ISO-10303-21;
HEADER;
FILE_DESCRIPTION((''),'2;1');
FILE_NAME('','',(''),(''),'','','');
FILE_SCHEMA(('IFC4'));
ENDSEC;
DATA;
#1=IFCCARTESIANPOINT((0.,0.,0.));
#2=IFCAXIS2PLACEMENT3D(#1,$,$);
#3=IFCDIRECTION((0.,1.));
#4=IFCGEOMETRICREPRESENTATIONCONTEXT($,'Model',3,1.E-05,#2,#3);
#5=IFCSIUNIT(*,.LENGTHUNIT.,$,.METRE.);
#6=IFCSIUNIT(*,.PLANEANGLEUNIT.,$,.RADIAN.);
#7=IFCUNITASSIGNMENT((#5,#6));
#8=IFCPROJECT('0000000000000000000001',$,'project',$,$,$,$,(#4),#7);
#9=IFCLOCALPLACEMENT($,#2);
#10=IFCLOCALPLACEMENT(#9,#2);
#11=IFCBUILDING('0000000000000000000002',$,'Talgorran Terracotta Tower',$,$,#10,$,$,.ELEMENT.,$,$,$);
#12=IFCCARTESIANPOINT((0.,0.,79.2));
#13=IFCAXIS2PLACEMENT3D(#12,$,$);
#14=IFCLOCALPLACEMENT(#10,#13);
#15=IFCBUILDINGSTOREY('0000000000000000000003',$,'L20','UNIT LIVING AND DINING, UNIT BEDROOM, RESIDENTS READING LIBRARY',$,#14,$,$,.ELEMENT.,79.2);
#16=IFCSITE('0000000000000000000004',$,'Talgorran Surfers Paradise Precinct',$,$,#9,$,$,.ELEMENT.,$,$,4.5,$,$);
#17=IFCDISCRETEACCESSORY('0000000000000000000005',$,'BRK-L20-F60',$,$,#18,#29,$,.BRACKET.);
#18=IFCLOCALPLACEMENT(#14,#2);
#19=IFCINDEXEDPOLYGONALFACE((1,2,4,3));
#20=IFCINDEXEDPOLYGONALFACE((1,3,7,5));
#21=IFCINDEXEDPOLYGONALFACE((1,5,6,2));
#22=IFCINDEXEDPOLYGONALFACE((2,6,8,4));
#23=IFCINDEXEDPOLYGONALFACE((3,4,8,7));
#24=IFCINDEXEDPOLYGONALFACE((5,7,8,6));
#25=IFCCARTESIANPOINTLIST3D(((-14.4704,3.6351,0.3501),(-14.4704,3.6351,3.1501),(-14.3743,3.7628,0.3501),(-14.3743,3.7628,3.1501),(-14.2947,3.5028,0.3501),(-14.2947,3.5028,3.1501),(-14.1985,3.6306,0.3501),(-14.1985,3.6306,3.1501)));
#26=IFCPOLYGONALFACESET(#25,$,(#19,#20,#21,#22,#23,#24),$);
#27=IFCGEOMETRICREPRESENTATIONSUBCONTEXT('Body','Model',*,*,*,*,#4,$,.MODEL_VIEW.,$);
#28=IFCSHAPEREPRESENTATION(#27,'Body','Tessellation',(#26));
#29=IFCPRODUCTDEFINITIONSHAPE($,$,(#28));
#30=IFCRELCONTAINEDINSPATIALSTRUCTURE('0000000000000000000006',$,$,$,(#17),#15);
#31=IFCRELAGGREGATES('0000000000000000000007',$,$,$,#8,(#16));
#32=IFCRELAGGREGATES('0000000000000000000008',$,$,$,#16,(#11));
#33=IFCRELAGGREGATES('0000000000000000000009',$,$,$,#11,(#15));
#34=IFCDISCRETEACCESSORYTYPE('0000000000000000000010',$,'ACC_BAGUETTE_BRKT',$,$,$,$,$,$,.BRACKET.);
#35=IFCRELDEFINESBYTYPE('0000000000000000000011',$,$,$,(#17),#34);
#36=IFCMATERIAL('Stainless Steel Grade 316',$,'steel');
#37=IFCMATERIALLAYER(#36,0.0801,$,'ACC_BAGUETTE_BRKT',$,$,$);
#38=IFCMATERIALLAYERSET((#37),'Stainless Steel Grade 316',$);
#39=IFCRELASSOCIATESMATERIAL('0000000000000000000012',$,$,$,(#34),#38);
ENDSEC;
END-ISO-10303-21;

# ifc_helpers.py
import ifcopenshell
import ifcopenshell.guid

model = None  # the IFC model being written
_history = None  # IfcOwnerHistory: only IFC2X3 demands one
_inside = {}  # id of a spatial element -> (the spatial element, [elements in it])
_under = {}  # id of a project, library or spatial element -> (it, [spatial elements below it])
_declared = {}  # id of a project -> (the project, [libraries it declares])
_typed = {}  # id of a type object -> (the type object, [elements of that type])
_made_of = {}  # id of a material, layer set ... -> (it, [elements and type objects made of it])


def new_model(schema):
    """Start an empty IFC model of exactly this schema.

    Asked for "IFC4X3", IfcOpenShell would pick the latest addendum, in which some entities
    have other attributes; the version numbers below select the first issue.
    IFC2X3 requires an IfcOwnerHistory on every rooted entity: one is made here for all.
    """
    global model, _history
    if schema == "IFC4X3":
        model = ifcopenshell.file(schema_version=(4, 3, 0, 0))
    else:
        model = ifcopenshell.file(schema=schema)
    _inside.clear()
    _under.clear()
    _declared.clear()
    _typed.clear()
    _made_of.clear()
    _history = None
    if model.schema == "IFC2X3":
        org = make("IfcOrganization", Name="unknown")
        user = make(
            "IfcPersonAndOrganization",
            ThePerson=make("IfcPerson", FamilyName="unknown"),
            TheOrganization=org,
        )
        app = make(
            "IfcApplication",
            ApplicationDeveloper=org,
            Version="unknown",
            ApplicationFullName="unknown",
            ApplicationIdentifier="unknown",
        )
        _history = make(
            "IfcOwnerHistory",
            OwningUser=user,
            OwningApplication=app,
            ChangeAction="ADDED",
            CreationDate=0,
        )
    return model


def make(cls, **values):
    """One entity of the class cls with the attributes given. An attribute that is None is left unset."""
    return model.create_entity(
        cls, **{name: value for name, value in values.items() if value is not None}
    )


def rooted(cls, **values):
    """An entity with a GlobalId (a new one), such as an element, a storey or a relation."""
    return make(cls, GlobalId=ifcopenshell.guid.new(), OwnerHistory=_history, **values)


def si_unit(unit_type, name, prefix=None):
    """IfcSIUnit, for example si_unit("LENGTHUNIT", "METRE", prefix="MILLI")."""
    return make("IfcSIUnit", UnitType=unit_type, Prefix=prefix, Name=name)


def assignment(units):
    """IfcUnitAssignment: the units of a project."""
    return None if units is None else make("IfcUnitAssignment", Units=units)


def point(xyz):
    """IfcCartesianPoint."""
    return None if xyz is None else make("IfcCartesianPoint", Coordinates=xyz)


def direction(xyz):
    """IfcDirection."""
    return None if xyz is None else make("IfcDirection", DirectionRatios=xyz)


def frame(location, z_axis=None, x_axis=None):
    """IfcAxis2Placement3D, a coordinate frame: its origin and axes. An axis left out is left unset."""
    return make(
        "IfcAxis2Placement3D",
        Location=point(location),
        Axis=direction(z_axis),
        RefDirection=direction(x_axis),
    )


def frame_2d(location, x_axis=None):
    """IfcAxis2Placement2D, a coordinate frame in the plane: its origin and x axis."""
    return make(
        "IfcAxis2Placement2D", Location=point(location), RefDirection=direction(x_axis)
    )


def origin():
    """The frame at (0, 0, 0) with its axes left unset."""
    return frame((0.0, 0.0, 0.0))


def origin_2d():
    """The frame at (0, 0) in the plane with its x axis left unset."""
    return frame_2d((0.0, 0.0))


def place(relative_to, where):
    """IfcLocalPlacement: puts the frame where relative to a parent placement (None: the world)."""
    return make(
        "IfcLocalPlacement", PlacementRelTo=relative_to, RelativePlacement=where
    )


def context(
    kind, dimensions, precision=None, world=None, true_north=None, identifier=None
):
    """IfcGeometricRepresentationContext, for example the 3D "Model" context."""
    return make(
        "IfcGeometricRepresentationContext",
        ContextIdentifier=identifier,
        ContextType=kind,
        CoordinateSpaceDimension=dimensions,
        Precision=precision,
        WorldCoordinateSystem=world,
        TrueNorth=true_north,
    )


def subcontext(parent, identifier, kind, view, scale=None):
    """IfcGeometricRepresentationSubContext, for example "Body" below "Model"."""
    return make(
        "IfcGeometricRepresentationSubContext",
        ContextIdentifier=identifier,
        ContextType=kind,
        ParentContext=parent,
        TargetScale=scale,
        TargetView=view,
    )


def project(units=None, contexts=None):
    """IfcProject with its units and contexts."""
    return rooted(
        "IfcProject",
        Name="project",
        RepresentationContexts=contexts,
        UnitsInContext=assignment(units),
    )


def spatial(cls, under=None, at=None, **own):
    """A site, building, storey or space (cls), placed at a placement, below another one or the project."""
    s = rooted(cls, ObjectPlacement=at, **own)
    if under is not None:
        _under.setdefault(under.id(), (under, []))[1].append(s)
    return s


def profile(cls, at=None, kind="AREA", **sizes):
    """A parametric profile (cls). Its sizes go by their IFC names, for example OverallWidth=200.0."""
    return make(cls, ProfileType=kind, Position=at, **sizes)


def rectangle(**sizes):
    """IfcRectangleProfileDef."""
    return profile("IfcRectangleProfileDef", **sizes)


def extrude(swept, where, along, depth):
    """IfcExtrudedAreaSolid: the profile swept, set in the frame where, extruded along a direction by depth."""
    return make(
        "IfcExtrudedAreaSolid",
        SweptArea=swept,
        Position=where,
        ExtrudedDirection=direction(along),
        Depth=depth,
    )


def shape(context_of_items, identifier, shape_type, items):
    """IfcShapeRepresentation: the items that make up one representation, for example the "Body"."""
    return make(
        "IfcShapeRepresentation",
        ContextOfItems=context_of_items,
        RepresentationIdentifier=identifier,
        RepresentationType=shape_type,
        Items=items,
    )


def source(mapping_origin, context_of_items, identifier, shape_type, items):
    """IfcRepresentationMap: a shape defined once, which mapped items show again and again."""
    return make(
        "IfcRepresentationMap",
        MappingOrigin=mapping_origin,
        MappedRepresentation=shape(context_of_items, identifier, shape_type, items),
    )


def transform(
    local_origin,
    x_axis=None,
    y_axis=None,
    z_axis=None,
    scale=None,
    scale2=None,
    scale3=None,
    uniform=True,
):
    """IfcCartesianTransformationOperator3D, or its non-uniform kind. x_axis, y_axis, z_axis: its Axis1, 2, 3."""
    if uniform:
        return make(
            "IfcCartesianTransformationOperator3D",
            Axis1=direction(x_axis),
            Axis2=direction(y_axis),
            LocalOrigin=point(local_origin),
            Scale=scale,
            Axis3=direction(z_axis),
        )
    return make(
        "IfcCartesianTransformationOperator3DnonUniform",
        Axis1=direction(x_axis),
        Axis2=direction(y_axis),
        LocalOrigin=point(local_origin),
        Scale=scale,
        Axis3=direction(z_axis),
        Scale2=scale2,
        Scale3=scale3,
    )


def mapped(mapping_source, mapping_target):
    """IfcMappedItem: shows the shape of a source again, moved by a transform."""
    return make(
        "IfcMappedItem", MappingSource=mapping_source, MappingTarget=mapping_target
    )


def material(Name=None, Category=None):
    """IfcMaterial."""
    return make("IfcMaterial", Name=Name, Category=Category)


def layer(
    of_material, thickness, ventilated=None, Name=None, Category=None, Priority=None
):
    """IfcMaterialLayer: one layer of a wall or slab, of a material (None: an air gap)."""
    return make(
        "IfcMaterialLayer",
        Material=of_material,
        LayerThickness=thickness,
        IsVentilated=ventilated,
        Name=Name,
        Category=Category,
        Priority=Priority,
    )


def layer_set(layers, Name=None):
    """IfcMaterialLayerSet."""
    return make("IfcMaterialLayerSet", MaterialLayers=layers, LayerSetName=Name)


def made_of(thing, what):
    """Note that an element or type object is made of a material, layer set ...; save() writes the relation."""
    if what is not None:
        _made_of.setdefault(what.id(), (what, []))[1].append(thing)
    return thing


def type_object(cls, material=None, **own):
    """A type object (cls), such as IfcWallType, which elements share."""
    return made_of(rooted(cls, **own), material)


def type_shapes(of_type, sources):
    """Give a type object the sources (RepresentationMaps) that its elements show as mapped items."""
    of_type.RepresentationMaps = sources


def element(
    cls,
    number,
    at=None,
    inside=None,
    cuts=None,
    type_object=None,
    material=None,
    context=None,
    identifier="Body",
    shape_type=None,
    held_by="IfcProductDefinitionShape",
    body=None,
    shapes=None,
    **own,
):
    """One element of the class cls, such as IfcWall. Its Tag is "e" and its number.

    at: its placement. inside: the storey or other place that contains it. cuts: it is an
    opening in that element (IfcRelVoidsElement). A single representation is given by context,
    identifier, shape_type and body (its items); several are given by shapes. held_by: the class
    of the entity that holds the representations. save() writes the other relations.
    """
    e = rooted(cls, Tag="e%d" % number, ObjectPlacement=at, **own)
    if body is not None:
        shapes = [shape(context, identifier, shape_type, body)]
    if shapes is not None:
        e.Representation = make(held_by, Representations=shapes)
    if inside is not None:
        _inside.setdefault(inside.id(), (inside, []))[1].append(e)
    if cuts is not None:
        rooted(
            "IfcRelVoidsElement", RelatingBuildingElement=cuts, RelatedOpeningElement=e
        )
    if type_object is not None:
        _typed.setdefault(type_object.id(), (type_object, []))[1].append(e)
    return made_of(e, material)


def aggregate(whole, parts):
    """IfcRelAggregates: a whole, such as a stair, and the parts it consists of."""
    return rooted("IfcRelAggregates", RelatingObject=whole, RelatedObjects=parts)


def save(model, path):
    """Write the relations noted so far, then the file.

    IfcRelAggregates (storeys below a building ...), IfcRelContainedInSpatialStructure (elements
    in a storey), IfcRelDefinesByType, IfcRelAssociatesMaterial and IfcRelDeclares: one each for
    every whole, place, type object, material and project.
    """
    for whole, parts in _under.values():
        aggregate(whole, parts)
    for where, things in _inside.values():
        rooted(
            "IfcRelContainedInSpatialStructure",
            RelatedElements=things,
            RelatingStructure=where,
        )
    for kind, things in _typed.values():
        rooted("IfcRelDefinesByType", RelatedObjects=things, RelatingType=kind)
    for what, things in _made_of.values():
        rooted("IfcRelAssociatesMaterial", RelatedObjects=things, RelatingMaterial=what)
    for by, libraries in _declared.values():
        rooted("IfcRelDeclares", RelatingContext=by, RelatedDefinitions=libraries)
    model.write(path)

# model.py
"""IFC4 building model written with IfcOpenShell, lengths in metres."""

from ifc_helpers import new_model, si_unit, direction, frame, origin, origin_2d, place, context, subcontext, project, spatial, rectangle, extrude, source, transform, mapped, material, layer, layer_set, type_object, type_shapes, element, save


model = new_model("IFC4")

# Units and contexts
model_context = context("Model", 3, precision=1e-05, world=origin(), true_north=direction((0.0, 1.0)))
body_context = subcontext(model_context, "Body", "Model", "MODEL_VIEW")
ifc_project = project(units=[si_unit("LENGTHUNIT", "METRE"), si_unit("PLANEANGLEUNIT", "RADIAN")], contexts=[model_context])

# Site, building, storey
site_placement = place(None, origin())
site = spatial("IfcSite", under=ifc_project, at=site_placement, Name="Talgorran Surfers Paradise Precinct", CompositionType="ELEMENT", RefElevation=4.5)
building_placement = place(site_placement, origin())
building = spatial("IfcBuilding", under=site, at=building_placement, Name="Talgorran Terracotta Tower", CompositionType="ELEMENT")
storey_placement = place(building_placement, frame((0.0, 0.0, 79.2)))
storey = spatial("IfcBuildingStorey", under=building, at=storey_placement, Name="L20", Description="UNIT LIVING AND DINING, UNIT BEDROOM, RESIDENTS READING LIBRARY", CompositionType="ELEMENT", Elevation=79.2)

# Discrete accessory
ifc_material_1 = material(Name="Stainless Steel Grade 316", Category="steel")
ifc_layer_1 = layer(ifc_material_1, 0.0801, Name="ACC_BAGUETTE_BRKT")
ifc_layer_set_1 = layer_set([ifc_layer_1], Name="Stainless Steel Grade 316")
discrete_accessory_type = type_object("IfcDiscreteAccessoryType", Name="ACC_BAGUETTE_BRKT", PredefinedType="BRACKET", material=ifc_layer_set_1)
shared_shape_1 = source(origin(), body_context, "Body", "SweptSolid", [
    extrude(rectangle(XDim=0.1599, YDim=0.22, at=origin_2d()), origin(), (0.0, 0.0, 1.0), 2.8),
])
type_shapes(discrete_accessory_type, [shared_shape_1])
discrete_accessory_placement = place(storey_placement, frame((-14.3345, 3.6328, 0.3501), z_axis=(0.0, 0.0, 1.0), x_axis=(-0.601243, -0.799066, 0.0)))
element("IfcDiscreteAccessory", 1, at=discrete_accessory_placement, inside=storey, type_object=discrete_accessory_type, Name="BRK-L20-F60", PredefinedType="BRACKET", context=body_context, shape_type="MappedRepresentation", body=[
    mapped(shared_shape_1, transform((0.0, 0.0, 0.0), scale=1.0)),
])

save(model, "model.ifc")
